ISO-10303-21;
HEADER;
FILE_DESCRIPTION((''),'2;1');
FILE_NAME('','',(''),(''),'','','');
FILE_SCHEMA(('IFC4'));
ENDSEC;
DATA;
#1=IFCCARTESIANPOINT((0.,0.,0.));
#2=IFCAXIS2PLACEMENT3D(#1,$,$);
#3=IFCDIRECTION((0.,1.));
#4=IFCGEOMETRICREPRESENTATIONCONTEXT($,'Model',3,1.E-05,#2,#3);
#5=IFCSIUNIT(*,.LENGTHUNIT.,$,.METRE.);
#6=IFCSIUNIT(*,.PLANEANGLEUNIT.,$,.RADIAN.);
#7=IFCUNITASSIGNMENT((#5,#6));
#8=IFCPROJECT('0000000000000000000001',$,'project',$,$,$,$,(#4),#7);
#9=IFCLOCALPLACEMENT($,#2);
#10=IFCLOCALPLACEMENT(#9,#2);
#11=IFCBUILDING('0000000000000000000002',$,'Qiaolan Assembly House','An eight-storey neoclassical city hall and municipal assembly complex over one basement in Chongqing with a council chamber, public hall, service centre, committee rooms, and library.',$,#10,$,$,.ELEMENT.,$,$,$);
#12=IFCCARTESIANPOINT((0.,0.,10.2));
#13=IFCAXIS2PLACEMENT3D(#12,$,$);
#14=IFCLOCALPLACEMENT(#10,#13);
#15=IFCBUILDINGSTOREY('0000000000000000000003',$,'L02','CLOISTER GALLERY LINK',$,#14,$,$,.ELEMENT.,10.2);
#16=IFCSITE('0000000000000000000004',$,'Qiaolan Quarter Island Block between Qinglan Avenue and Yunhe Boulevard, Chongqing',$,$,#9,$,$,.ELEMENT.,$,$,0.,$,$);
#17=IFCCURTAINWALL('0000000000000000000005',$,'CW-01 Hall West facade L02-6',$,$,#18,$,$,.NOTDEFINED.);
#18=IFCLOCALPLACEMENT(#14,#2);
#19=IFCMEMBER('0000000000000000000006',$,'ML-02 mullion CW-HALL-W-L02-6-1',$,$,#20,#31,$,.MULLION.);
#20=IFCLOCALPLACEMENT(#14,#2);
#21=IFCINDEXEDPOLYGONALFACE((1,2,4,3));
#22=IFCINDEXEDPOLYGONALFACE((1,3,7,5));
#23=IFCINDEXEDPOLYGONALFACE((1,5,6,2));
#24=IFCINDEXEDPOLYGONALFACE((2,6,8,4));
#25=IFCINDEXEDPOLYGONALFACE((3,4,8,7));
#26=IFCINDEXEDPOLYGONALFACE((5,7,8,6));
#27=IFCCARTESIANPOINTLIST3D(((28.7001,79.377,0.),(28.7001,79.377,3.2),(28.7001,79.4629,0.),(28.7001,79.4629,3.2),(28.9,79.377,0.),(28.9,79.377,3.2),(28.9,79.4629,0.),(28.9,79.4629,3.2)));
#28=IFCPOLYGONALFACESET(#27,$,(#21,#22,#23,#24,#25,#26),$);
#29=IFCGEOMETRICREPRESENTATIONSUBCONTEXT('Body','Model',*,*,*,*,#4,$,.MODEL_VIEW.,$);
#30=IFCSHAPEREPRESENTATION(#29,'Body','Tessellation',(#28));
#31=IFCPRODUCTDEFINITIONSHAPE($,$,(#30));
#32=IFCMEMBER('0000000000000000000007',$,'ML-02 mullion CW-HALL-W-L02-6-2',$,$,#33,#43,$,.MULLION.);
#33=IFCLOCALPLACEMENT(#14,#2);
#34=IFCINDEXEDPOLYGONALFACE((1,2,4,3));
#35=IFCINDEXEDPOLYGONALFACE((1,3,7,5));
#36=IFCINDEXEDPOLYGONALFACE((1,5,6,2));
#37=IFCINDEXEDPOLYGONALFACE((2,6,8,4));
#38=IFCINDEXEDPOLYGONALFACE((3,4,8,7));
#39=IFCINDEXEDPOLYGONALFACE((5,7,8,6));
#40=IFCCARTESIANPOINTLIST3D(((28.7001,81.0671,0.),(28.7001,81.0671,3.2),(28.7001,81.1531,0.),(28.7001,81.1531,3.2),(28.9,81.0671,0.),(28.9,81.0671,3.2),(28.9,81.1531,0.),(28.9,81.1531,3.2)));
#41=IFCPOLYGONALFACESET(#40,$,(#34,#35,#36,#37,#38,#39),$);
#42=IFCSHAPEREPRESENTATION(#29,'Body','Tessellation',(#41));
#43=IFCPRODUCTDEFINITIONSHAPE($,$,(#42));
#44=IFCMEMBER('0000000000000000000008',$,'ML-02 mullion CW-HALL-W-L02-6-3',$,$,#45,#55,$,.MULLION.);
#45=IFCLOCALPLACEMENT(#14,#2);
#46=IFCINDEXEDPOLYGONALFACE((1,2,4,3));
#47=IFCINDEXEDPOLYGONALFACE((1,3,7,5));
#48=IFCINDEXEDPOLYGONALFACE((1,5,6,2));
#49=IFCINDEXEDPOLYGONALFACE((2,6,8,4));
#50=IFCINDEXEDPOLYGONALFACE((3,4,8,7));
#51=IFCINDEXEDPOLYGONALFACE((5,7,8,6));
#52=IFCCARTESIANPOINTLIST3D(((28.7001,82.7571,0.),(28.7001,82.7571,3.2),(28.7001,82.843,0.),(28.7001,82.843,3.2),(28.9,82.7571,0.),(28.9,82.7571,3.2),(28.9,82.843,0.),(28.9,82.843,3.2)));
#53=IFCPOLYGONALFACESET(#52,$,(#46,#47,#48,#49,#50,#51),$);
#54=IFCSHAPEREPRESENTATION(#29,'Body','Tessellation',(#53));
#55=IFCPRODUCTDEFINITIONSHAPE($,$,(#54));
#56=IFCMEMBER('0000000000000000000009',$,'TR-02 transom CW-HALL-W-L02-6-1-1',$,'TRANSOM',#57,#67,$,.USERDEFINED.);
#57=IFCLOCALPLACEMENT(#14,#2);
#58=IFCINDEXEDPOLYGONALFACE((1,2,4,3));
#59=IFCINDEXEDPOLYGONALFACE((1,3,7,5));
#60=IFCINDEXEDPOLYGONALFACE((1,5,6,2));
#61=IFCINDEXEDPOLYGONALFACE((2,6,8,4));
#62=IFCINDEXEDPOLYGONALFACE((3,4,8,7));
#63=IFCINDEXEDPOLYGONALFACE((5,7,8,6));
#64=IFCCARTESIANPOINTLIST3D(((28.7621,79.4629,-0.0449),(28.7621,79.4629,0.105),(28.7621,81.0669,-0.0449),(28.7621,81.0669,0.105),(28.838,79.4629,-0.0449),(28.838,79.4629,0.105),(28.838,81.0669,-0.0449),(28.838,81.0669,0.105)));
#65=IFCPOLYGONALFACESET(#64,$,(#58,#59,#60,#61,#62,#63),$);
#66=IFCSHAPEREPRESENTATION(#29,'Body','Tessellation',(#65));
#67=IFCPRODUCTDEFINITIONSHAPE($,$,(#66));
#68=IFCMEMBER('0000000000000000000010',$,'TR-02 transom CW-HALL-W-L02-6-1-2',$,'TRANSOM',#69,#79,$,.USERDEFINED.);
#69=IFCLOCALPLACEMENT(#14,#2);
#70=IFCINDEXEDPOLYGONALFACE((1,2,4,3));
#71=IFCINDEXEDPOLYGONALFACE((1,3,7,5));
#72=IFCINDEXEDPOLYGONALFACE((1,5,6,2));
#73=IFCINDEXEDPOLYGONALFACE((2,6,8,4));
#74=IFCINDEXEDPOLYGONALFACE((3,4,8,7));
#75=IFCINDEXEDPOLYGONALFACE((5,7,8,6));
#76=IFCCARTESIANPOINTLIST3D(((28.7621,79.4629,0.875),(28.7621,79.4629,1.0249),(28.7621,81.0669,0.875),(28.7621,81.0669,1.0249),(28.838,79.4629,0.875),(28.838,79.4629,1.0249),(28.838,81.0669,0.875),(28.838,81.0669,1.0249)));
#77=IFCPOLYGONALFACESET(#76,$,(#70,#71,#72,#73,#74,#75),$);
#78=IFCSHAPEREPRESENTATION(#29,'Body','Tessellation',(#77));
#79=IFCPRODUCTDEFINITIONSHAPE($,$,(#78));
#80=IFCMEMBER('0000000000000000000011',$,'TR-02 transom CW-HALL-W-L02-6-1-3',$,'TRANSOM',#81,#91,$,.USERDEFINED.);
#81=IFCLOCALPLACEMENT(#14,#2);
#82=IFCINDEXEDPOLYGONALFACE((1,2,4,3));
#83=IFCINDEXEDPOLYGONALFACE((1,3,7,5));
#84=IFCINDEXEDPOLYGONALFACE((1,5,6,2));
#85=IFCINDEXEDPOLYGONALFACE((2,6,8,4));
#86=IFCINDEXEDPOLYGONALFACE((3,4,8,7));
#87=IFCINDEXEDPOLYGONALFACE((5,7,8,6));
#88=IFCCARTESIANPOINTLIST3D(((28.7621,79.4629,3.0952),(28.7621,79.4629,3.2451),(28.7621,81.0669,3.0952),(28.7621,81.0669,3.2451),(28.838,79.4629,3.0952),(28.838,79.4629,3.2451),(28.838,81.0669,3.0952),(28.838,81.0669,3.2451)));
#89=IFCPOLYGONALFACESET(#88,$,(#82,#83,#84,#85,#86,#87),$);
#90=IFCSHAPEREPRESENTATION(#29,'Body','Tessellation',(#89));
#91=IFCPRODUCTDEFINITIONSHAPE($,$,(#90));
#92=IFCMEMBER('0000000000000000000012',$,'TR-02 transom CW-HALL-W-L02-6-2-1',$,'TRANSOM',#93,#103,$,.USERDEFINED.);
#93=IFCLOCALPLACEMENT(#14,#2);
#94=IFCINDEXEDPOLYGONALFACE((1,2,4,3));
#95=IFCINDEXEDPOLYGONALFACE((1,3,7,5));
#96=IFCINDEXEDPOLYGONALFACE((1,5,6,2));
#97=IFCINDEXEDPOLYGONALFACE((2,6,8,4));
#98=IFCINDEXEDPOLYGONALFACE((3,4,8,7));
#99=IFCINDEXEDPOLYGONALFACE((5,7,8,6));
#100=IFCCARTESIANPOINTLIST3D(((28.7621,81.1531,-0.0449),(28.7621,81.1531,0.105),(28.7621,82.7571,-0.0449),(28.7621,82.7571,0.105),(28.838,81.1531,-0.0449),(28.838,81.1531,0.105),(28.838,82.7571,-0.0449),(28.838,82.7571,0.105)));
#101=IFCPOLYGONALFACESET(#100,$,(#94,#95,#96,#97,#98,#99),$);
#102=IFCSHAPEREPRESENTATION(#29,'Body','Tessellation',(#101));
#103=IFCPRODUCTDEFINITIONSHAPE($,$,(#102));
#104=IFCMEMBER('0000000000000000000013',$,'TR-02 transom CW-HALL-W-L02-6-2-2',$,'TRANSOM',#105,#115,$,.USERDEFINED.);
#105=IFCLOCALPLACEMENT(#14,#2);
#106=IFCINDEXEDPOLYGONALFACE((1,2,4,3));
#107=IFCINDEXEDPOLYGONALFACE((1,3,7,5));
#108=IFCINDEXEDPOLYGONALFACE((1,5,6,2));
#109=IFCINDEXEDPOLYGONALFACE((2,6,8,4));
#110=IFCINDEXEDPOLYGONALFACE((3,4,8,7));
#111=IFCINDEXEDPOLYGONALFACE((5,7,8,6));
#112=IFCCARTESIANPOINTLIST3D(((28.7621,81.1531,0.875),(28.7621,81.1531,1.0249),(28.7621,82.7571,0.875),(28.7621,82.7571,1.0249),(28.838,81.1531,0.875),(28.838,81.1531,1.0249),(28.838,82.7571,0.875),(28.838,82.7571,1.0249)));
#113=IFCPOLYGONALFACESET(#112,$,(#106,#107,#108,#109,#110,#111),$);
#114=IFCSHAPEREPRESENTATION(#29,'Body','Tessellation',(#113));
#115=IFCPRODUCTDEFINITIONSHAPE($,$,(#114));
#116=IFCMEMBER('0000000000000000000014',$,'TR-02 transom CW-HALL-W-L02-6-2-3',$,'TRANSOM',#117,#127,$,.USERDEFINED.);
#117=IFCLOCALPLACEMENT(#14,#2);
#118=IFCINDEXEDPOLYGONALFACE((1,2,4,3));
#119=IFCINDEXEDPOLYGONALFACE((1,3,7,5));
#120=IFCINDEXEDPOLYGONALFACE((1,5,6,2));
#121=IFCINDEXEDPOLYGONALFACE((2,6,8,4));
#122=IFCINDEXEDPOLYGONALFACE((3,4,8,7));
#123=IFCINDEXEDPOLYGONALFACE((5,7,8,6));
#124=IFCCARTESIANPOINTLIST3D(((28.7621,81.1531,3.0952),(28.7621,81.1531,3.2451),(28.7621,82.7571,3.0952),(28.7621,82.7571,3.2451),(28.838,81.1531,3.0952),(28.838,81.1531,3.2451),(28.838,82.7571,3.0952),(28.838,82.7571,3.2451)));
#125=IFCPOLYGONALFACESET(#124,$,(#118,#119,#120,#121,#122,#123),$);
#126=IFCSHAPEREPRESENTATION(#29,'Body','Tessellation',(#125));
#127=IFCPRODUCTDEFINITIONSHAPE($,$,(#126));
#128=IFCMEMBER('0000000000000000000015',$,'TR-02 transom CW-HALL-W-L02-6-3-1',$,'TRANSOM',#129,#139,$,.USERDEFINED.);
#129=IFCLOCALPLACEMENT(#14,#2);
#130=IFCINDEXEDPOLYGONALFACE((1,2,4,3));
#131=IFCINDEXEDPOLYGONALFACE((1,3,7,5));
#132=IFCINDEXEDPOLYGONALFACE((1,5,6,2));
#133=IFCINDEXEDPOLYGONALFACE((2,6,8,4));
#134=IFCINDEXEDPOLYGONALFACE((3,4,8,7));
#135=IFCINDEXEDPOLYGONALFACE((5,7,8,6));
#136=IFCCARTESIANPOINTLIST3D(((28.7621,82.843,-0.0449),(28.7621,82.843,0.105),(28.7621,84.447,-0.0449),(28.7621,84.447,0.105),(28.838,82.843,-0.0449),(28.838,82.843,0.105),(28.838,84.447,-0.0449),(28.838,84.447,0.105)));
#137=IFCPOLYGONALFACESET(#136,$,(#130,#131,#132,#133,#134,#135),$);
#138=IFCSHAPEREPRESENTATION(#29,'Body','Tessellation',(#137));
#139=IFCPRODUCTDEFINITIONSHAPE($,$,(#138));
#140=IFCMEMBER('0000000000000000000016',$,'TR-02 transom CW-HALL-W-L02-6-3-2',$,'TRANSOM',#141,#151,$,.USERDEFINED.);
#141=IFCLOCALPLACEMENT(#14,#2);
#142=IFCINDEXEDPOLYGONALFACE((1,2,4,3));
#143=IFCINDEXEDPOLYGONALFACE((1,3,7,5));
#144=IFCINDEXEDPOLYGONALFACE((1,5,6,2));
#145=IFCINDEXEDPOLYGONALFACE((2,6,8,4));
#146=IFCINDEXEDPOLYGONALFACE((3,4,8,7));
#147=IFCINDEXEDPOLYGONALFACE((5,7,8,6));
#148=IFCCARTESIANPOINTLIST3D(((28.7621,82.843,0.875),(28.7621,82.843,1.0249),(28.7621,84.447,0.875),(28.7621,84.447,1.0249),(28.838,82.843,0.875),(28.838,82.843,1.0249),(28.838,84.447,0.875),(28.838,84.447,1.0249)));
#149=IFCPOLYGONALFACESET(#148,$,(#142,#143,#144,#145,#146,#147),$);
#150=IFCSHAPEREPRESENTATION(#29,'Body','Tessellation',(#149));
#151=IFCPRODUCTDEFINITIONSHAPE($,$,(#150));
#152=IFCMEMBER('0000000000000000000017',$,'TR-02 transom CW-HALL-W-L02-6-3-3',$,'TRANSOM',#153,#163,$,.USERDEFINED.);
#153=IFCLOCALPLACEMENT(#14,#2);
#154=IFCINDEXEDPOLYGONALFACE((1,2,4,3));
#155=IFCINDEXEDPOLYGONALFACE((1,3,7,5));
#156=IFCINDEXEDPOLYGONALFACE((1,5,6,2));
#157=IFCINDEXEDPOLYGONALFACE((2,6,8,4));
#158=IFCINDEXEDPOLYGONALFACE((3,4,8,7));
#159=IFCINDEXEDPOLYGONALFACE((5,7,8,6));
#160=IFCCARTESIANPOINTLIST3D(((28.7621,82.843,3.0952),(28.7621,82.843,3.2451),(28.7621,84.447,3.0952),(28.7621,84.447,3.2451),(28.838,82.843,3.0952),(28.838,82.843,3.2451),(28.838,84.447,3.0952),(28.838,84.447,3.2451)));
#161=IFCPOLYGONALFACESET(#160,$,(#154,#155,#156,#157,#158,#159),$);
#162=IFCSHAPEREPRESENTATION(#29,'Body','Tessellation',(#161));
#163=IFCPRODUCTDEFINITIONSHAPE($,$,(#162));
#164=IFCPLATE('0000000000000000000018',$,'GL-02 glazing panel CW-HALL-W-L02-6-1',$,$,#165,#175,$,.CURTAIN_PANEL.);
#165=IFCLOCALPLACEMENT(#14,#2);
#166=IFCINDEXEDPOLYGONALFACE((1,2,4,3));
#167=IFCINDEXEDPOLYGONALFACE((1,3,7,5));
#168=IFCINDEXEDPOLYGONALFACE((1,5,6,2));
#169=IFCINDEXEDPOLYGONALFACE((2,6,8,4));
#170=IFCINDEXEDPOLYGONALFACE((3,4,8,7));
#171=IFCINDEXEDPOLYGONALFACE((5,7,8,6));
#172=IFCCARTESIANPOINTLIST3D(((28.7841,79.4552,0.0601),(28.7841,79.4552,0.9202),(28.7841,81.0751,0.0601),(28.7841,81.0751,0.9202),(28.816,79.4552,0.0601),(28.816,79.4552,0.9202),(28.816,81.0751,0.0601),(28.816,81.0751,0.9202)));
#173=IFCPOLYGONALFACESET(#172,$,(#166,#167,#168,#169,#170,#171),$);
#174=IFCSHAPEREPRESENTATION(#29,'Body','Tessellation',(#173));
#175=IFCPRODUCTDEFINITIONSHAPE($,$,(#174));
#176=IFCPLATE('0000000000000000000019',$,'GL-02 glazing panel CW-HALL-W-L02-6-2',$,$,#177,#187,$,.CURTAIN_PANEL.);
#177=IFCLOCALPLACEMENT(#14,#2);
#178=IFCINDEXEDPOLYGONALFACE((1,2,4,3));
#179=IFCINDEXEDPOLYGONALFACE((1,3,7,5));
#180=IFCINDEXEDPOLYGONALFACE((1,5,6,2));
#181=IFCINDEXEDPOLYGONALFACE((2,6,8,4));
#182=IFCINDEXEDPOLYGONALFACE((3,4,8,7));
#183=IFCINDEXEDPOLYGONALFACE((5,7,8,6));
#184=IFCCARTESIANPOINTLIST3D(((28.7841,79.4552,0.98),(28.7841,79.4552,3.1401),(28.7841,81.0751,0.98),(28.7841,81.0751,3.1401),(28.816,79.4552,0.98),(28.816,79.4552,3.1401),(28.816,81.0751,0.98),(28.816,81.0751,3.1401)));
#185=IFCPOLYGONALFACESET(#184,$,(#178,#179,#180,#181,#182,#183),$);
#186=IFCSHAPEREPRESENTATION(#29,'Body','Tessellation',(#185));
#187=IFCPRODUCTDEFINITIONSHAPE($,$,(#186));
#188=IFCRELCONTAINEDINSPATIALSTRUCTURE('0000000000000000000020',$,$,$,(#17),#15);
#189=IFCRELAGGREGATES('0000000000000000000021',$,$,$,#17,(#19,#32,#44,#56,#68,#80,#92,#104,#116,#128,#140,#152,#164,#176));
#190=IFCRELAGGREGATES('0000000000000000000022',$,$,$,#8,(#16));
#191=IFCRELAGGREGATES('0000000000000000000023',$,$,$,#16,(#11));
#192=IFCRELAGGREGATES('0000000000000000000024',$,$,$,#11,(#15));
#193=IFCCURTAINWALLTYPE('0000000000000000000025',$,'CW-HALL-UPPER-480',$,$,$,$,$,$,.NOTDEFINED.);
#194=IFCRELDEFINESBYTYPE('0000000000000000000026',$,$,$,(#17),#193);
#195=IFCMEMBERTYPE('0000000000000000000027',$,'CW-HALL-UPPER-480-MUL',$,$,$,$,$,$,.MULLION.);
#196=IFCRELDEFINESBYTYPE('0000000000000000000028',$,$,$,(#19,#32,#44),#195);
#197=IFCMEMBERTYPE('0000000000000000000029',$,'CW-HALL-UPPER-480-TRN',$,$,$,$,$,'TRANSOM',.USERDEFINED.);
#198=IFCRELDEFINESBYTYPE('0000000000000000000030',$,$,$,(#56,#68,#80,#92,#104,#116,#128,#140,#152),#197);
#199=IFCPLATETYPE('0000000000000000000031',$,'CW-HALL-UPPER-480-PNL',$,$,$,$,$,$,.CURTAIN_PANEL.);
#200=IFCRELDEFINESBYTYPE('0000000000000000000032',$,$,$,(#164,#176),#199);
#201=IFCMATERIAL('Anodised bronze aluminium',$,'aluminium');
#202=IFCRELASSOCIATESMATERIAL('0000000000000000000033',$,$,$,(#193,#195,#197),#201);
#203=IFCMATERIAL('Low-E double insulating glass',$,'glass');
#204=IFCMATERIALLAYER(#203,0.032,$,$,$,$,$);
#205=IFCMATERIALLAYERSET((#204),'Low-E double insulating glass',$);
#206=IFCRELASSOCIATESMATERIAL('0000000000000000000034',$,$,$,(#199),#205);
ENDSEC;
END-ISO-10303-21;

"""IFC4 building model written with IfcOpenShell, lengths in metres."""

from ifc_helpers import new_model, si_unit, direction, frame, frame_2d, origin, origin_2d, place, context, subcontext, project, spatial, rectangle, extrude, material, layer, layer_set, material_profile, profile_set, type_object, element, aggregate, save


model = new_model("IFC4")

# Units and contexts
model_context = context("Model", 3, precision=1e-05, world=origin(), true_north=direction((0.0, 1.0)))
body_context = subcontext(model_context, "Body", "Model", "MODEL_VIEW")
ifc_project = project(units=[si_unit("LENGTHUNIT", "METRE"), si_unit("PLANEANGLEUNIT", "RADIAN")], contexts=[model_context])

# Site, building, storey
site_placement = place(None, origin())
site = spatial("IfcSite", under=ifc_project, at=site_placement, Name="Qiaolan Quarter Island Block between Qinglan Avenue and Yunhe Boulevard, Chongqing", CompositionType="ELEMENT", RefElevation=0.0)
building_placement = place(site_placement, origin())
building = spatial("IfcBuilding", under=site, at=building_placement, Name="Qiaolan Assembly House", Description="An eight-storey neoclassical city hall and municipal assembly complex over one basement in Chongqing with a council chamber, public hall, service centre, committee rooms, and library.", CompositionType="ELEMENT")
storey_placement = place(building_placement, frame((0.0, 0.0, 10.2)))
storey = spatial("IfcBuildingStorey", under=building, at=storey_placement, Name="L02", Description="CLOISTER GALLERY LINK", CompositionType="ELEMENT", Elevation=10.2)

# Curtain wall, members, plates
ifc_material_1 = material(Name="Anodised bronze aluminium", Category="aluminium")
curtain_wall_type = type_object("IfcCurtainWallType", Name="CW-HALL-UPPER-480", PredefinedType="NOTDEFINED", material=ifc_material_1)
curtain_wall_placement = place(storey_placement, origin())
curtain_wall = element("IfcCurtainWall", 1, at=curtain_wall_placement, inside=storey, type_object=curtain_wall_type, Name="CW-01 Hall West facade L02-6", PredefinedType="NOTDEFINED")
ifc_material_profile_1 = material_profile(ifc_material_1, rectangle(XDim=0.0859, YDim=0.2, at=origin_2d()), Name="MUL 86x200")
ifc_profile_set_1 = profile_set([ifc_material_profile_1], Name="Anodised bronze aluminium")
member_type_1 = type_object("IfcMemberType", Name="CW-HALL-UPPER-480-MUL", PredefinedType="MULLION", material=ifc_profile_set_1)
member_1_placement = place(storey_placement, frame((28.8, 79.4199, 0.0), z_axis=(0.0, 0.0, 1.0), x_axis=(0.0, 1.0, 0.0)))
member_1 = element("IfcMember", 2, at=member_1_placement, type_object=member_type_1, Name="ML-02 mullion CW-HALL-W-L02-6-1", PredefinedType="MULLION", context=body_context, shape_type="SweptSolid", body=[
    extrude(rectangle(XDim=0.0859, YDim=0.2, at=origin_2d()), origin(), (0.0, 0.0, 1.0), 3.2),
])
member_2_placement = place(storey_placement, frame((28.8, 81.1101, 0.0), z_axis=(0.0, 0.0, 1.0), x_axis=(0.0, 1.0, 0.0)))
member_2 = element("IfcMember", 3, at=member_2_placement, type_object=member_type_1, Name="ML-02 mullion CW-HALL-W-L02-6-2", PredefinedType="MULLION", context=body_context, shape_type="SweptSolid", body=[
    extrude(rectangle(XDim=0.0859, YDim=0.2, at=origin_2d()), origin(), (0.0, 0.0, 1.0), 3.2),
])
member_3_placement = place(storey_placement, frame((28.8, 82.8, 0.0), z_axis=(0.0, 0.0, 1.0), x_axis=(0.0, 1.0, 0.0)))
member_3 = element("IfcMember", 4, at=member_3_placement, type_object=member_type_1, Name="ML-02 mullion CW-HALL-W-L02-6-3", PredefinedType="MULLION", context=body_context, shape_type="SweptSolid", body=[
    extrude(rectangle(XDim=0.0859, YDim=0.2, at=origin_2d()), origin(), (0.0, 0.0, 1.0), 3.2),
])
ifc_material_profile_2 = material_profile(ifc_material_1, rectangle(XDim=0.0759, YDim=0.1499, at=origin_2d()), Name="TRN 76x150")
ifc_profile_set_2 = profile_set([ifc_material_profile_2], Name="Anodised bronze aluminium")
member_type_2 = type_object("IfcMemberType", Name="CW-HALL-UPPER-480-TRN", ElementType="TRANSOM", PredefinedType="USERDEFINED", material=ifc_profile_set_2)
member_4_placement = place(storey_placement, frame((28.8, 79.4629, 0.03), z_axis=(0.0, 1.0, 0.0), x_axis=(-1.0, 0.0, 0.0)))
member_4 = element("IfcMember", 5, at=member_4_placement, type_object=member_type_2, Name="TR-02 transom CW-HALL-W-L02-6-1-1", ObjectType="TRANSOM", PredefinedType="USERDEFINED", context=body_context, shape_type="SweptSolid", body=[
    extrude(rectangle(XDim=0.0759, YDim=0.1499, at=origin_2d()), origin(), (0.0, 0.0, 1.0), 1.604),
])
member_5_placement = place(storey_placement, frame((28.8, 79.4629, 0.95), z_axis=(0.0, 1.0, 0.0), x_axis=(-1.0, 0.0, 0.0)))
member_5 = element("IfcMember", 6, at=member_5_placement, type_object=member_type_2, Name="TR-02 transom CW-HALL-W-L02-6-1-2", ObjectType="TRANSOM", PredefinedType="USERDEFINED", context=body_context, shape_type="SweptSolid", body=[
    extrude(rectangle(XDim=0.0759, YDim=0.1499, at=origin_2d()), origin(), (0.0, 0.0, 1.0), 1.604),
])
member_6_placement = place(storey_placement, frame((28.8, 79.4629, 3.1702), z_axis=(0.0, 1.0, 0.0), x_axis=(-1.0, 0.0, 0.0)))
member_6 = element("IfcMember", 7, at=member_6_placement, type_object=member_type_2, Name="TR-02 transom CW-HALL-W-L02-6-1-3", ObjectType="TRANSOM", PredefinedType="USERDEFINED", context=body_context, shape_type="SweptSolid", body=[
    extrude(rectangle(XDim=0.0759, YDim=0.1499, at=origin_2d()), origin(), (0.0, 0.0, 1.0), 1.604),
])
member_7_placement = place(storey_placement, frame((28.8, 81.1531, 0.03), z_axis=(0.0, 1.0, 0.0), x_axis=(-1.0, 0.0, 0.0)))
member_7 = element("IfcMember", 8, at=member_7_placement, type_object=member_type_2, Name="TR-02 transom CW-HALL-W-L02-6-2-1", ObjectType="TRANSOM", PredefinedType="USERDEFINED", context=body_context, shape_type="SweptSolid", body=[
    extrude(rectangle(XDim=0.0759, YDim=0.1499, at=origin_2d()), origin(), (0.0, 0.0, 1.0), 1.604),
])
member_8_placement = place(storey_placement, frame((28.8, 81.1531, 0.95), z_axis=(0.0, 1.0, 0.0), x_axis=(-1.0, 0.0, 0.0)))
member_8 = element("IfcMember", 9, at=member_8_placement, type_object=member_type_2, Name="TR-02 transom CW-HALL-W-L02-6-2-2", ObjectType="TRANSOM", PredefinedType="USERDEFINED", context=body_context, shape_type="SweptSolid", body=[
    extrude(rectangle(XDim=0.0759, YDim=0.1499, at=origin_2d()), origin(), (0.0, 0.0, 1.0), 1.604),
])
member_9_placement = place(storey_placement, frame((28.8, 81.1531, 3.1702), z_axis=(0.0, 1.0, 0.0), x_axis=(-1.0, 0.0, 0.0)))
member_9 = element("IfcMember", 10, at=member_9_placement, type_object=member_type_2, Name="TR-02 transom CW-HALL-W-L02-6-2-3", ObjectType="TRANSOM", PredefinedType="USERDEFINED", context=body_context, shape_type="SweptSolid", body=[
    extrude(rectangle(XDim=0.0759, YDim=0.1499, at=origin_2d()), origin(), (0.0, 0.0, 1.0), 1.604),
])
member_10_placement = place(storey_placement, frame((28.8, 82.843, 0.03), z_axis=(0.0, 1.0, 0.0), x_axis=(-1.0, 0.0, 0.0)))
member_10 = element("IfcMember", 11, at=member_10_placement, type_object=member_type_2, Name="TR-02 transom CW-HALL-W-L02-6-3-1", ObjectType="TRANSOM", PredefinedType="USERDEFINED", context=body_context, shape_type="SweptSolid", body=[
    extrude(rectangle(XDim=0.0759, YDim=0.1499, at=origin_2d()), origin(), (0.0, 0.0, 1.0), 1.604),
])
member_11_placement = place(storey_placement, frame((28.8, 82.843, 0.95), z_axis=(0.0, 1.0, 0.0), x_axis=(-1.0, 0.0, 0.0)))
member_11 = element("IfcMember", 12, at=member_11_placement, type_object=member_type_2, Name="TR-02 transom CW-HALL-W-L02-6-3-2", ObjectType="TRANSOM", PredefinedType="USERDEFINED", context=body_context, shape_type="SweptSolid", body=[
    extrude(rectangle(XDim=0.0759, YDim=0.1499, at=origin_2d()), origin(), (0.0, 0.0, 1.0), 1.604),
])
member_12_placement = place(storey_placement, frame((28.8, 82.843, 3.1702), z_axis=(0.0, 1.0, 0.0), x_axis=(-1.0, 0.0, 0.0)))
member_12 = element("IfcMember", 13, at=member_12_placement, type_object=member_type_2, Name="TR-02 transom CW-HALL-W-L02-6-3-3", ObjectType="TRANSOM", PredefinedType="USERDEFINED", context=body_context, shape_type="SweptSolid", body=[
    extrude(rectangle(XDim=0.0759, YDim=0.1499, at=origin_2d()), origin(), (0.0, 0.0, 1.0), 1.604),
])
ifc_material_2 = material(Name="Low-E double insulating glass", Category="glass")
ifc_layer = layer(ifc_material_2, 0.032)
ifc_layer_set = layer_set([ifc_layer], Name="Low-E double insulating glass")
plate_type = type_object("IfcPlateType", Name="CW-HALL-UPPER-480-PNL", PredefinedType="CURTAIN_PANEL", material=ifc_layer_set)
plate_1_placement = place(storey_placement, frame((28.8, 79.4551, 0.0601), z_axis=(0.0, 0.0, 1.0), x_axis=(0.0, 1.0, 0.0)))
plate_1 = element("IfcPlate", 14, at=plate_1_placement, type_object=plate_type, Name="GL-02 glazing panel CW-HALL-W-L02-6-1", PredefinedType="CURTAIN_PANEL", context=body_context, shape_type="SweptSolid", body=[
    extrude(rectangle(XDim=1.6199, YDim=0.032, at=frame_2d((0.8101, 0.0))), origin(), (0.0, 0.0, 1.0), 0.8601),
])
plate_2_placement = place(storey_placement, frame((28.8, 79.4551, 0.98), z_axis=(0.0, 0.0, 1.0), x_axis=(0.0, 1.0, 0.0)))
plate_2 = element("IfcPlate", 15, at=plate_2_placement, type_object=plate_type, Name="GL-02 glazing panel CW-HALL-W-L02-6-2", PredefinedType="CURTAIN_PANEL", context=body_context, shape_type="SweptSolid", body=[
    extrude(rectangle(XDim=1.6199, YDim=0.032, at=frame_2d((0.8101, 0.0))), origin(), (0.0, 0.0, 1.0), 2.1602),
])
aggregate(curtain_wall, [member_1, member_2, member_3, member_4, member_5, member_6, member_7, member_8, member_9, member_10, member_11, member_12, plate_1, plate_2])

save(model, "model.ifc")
